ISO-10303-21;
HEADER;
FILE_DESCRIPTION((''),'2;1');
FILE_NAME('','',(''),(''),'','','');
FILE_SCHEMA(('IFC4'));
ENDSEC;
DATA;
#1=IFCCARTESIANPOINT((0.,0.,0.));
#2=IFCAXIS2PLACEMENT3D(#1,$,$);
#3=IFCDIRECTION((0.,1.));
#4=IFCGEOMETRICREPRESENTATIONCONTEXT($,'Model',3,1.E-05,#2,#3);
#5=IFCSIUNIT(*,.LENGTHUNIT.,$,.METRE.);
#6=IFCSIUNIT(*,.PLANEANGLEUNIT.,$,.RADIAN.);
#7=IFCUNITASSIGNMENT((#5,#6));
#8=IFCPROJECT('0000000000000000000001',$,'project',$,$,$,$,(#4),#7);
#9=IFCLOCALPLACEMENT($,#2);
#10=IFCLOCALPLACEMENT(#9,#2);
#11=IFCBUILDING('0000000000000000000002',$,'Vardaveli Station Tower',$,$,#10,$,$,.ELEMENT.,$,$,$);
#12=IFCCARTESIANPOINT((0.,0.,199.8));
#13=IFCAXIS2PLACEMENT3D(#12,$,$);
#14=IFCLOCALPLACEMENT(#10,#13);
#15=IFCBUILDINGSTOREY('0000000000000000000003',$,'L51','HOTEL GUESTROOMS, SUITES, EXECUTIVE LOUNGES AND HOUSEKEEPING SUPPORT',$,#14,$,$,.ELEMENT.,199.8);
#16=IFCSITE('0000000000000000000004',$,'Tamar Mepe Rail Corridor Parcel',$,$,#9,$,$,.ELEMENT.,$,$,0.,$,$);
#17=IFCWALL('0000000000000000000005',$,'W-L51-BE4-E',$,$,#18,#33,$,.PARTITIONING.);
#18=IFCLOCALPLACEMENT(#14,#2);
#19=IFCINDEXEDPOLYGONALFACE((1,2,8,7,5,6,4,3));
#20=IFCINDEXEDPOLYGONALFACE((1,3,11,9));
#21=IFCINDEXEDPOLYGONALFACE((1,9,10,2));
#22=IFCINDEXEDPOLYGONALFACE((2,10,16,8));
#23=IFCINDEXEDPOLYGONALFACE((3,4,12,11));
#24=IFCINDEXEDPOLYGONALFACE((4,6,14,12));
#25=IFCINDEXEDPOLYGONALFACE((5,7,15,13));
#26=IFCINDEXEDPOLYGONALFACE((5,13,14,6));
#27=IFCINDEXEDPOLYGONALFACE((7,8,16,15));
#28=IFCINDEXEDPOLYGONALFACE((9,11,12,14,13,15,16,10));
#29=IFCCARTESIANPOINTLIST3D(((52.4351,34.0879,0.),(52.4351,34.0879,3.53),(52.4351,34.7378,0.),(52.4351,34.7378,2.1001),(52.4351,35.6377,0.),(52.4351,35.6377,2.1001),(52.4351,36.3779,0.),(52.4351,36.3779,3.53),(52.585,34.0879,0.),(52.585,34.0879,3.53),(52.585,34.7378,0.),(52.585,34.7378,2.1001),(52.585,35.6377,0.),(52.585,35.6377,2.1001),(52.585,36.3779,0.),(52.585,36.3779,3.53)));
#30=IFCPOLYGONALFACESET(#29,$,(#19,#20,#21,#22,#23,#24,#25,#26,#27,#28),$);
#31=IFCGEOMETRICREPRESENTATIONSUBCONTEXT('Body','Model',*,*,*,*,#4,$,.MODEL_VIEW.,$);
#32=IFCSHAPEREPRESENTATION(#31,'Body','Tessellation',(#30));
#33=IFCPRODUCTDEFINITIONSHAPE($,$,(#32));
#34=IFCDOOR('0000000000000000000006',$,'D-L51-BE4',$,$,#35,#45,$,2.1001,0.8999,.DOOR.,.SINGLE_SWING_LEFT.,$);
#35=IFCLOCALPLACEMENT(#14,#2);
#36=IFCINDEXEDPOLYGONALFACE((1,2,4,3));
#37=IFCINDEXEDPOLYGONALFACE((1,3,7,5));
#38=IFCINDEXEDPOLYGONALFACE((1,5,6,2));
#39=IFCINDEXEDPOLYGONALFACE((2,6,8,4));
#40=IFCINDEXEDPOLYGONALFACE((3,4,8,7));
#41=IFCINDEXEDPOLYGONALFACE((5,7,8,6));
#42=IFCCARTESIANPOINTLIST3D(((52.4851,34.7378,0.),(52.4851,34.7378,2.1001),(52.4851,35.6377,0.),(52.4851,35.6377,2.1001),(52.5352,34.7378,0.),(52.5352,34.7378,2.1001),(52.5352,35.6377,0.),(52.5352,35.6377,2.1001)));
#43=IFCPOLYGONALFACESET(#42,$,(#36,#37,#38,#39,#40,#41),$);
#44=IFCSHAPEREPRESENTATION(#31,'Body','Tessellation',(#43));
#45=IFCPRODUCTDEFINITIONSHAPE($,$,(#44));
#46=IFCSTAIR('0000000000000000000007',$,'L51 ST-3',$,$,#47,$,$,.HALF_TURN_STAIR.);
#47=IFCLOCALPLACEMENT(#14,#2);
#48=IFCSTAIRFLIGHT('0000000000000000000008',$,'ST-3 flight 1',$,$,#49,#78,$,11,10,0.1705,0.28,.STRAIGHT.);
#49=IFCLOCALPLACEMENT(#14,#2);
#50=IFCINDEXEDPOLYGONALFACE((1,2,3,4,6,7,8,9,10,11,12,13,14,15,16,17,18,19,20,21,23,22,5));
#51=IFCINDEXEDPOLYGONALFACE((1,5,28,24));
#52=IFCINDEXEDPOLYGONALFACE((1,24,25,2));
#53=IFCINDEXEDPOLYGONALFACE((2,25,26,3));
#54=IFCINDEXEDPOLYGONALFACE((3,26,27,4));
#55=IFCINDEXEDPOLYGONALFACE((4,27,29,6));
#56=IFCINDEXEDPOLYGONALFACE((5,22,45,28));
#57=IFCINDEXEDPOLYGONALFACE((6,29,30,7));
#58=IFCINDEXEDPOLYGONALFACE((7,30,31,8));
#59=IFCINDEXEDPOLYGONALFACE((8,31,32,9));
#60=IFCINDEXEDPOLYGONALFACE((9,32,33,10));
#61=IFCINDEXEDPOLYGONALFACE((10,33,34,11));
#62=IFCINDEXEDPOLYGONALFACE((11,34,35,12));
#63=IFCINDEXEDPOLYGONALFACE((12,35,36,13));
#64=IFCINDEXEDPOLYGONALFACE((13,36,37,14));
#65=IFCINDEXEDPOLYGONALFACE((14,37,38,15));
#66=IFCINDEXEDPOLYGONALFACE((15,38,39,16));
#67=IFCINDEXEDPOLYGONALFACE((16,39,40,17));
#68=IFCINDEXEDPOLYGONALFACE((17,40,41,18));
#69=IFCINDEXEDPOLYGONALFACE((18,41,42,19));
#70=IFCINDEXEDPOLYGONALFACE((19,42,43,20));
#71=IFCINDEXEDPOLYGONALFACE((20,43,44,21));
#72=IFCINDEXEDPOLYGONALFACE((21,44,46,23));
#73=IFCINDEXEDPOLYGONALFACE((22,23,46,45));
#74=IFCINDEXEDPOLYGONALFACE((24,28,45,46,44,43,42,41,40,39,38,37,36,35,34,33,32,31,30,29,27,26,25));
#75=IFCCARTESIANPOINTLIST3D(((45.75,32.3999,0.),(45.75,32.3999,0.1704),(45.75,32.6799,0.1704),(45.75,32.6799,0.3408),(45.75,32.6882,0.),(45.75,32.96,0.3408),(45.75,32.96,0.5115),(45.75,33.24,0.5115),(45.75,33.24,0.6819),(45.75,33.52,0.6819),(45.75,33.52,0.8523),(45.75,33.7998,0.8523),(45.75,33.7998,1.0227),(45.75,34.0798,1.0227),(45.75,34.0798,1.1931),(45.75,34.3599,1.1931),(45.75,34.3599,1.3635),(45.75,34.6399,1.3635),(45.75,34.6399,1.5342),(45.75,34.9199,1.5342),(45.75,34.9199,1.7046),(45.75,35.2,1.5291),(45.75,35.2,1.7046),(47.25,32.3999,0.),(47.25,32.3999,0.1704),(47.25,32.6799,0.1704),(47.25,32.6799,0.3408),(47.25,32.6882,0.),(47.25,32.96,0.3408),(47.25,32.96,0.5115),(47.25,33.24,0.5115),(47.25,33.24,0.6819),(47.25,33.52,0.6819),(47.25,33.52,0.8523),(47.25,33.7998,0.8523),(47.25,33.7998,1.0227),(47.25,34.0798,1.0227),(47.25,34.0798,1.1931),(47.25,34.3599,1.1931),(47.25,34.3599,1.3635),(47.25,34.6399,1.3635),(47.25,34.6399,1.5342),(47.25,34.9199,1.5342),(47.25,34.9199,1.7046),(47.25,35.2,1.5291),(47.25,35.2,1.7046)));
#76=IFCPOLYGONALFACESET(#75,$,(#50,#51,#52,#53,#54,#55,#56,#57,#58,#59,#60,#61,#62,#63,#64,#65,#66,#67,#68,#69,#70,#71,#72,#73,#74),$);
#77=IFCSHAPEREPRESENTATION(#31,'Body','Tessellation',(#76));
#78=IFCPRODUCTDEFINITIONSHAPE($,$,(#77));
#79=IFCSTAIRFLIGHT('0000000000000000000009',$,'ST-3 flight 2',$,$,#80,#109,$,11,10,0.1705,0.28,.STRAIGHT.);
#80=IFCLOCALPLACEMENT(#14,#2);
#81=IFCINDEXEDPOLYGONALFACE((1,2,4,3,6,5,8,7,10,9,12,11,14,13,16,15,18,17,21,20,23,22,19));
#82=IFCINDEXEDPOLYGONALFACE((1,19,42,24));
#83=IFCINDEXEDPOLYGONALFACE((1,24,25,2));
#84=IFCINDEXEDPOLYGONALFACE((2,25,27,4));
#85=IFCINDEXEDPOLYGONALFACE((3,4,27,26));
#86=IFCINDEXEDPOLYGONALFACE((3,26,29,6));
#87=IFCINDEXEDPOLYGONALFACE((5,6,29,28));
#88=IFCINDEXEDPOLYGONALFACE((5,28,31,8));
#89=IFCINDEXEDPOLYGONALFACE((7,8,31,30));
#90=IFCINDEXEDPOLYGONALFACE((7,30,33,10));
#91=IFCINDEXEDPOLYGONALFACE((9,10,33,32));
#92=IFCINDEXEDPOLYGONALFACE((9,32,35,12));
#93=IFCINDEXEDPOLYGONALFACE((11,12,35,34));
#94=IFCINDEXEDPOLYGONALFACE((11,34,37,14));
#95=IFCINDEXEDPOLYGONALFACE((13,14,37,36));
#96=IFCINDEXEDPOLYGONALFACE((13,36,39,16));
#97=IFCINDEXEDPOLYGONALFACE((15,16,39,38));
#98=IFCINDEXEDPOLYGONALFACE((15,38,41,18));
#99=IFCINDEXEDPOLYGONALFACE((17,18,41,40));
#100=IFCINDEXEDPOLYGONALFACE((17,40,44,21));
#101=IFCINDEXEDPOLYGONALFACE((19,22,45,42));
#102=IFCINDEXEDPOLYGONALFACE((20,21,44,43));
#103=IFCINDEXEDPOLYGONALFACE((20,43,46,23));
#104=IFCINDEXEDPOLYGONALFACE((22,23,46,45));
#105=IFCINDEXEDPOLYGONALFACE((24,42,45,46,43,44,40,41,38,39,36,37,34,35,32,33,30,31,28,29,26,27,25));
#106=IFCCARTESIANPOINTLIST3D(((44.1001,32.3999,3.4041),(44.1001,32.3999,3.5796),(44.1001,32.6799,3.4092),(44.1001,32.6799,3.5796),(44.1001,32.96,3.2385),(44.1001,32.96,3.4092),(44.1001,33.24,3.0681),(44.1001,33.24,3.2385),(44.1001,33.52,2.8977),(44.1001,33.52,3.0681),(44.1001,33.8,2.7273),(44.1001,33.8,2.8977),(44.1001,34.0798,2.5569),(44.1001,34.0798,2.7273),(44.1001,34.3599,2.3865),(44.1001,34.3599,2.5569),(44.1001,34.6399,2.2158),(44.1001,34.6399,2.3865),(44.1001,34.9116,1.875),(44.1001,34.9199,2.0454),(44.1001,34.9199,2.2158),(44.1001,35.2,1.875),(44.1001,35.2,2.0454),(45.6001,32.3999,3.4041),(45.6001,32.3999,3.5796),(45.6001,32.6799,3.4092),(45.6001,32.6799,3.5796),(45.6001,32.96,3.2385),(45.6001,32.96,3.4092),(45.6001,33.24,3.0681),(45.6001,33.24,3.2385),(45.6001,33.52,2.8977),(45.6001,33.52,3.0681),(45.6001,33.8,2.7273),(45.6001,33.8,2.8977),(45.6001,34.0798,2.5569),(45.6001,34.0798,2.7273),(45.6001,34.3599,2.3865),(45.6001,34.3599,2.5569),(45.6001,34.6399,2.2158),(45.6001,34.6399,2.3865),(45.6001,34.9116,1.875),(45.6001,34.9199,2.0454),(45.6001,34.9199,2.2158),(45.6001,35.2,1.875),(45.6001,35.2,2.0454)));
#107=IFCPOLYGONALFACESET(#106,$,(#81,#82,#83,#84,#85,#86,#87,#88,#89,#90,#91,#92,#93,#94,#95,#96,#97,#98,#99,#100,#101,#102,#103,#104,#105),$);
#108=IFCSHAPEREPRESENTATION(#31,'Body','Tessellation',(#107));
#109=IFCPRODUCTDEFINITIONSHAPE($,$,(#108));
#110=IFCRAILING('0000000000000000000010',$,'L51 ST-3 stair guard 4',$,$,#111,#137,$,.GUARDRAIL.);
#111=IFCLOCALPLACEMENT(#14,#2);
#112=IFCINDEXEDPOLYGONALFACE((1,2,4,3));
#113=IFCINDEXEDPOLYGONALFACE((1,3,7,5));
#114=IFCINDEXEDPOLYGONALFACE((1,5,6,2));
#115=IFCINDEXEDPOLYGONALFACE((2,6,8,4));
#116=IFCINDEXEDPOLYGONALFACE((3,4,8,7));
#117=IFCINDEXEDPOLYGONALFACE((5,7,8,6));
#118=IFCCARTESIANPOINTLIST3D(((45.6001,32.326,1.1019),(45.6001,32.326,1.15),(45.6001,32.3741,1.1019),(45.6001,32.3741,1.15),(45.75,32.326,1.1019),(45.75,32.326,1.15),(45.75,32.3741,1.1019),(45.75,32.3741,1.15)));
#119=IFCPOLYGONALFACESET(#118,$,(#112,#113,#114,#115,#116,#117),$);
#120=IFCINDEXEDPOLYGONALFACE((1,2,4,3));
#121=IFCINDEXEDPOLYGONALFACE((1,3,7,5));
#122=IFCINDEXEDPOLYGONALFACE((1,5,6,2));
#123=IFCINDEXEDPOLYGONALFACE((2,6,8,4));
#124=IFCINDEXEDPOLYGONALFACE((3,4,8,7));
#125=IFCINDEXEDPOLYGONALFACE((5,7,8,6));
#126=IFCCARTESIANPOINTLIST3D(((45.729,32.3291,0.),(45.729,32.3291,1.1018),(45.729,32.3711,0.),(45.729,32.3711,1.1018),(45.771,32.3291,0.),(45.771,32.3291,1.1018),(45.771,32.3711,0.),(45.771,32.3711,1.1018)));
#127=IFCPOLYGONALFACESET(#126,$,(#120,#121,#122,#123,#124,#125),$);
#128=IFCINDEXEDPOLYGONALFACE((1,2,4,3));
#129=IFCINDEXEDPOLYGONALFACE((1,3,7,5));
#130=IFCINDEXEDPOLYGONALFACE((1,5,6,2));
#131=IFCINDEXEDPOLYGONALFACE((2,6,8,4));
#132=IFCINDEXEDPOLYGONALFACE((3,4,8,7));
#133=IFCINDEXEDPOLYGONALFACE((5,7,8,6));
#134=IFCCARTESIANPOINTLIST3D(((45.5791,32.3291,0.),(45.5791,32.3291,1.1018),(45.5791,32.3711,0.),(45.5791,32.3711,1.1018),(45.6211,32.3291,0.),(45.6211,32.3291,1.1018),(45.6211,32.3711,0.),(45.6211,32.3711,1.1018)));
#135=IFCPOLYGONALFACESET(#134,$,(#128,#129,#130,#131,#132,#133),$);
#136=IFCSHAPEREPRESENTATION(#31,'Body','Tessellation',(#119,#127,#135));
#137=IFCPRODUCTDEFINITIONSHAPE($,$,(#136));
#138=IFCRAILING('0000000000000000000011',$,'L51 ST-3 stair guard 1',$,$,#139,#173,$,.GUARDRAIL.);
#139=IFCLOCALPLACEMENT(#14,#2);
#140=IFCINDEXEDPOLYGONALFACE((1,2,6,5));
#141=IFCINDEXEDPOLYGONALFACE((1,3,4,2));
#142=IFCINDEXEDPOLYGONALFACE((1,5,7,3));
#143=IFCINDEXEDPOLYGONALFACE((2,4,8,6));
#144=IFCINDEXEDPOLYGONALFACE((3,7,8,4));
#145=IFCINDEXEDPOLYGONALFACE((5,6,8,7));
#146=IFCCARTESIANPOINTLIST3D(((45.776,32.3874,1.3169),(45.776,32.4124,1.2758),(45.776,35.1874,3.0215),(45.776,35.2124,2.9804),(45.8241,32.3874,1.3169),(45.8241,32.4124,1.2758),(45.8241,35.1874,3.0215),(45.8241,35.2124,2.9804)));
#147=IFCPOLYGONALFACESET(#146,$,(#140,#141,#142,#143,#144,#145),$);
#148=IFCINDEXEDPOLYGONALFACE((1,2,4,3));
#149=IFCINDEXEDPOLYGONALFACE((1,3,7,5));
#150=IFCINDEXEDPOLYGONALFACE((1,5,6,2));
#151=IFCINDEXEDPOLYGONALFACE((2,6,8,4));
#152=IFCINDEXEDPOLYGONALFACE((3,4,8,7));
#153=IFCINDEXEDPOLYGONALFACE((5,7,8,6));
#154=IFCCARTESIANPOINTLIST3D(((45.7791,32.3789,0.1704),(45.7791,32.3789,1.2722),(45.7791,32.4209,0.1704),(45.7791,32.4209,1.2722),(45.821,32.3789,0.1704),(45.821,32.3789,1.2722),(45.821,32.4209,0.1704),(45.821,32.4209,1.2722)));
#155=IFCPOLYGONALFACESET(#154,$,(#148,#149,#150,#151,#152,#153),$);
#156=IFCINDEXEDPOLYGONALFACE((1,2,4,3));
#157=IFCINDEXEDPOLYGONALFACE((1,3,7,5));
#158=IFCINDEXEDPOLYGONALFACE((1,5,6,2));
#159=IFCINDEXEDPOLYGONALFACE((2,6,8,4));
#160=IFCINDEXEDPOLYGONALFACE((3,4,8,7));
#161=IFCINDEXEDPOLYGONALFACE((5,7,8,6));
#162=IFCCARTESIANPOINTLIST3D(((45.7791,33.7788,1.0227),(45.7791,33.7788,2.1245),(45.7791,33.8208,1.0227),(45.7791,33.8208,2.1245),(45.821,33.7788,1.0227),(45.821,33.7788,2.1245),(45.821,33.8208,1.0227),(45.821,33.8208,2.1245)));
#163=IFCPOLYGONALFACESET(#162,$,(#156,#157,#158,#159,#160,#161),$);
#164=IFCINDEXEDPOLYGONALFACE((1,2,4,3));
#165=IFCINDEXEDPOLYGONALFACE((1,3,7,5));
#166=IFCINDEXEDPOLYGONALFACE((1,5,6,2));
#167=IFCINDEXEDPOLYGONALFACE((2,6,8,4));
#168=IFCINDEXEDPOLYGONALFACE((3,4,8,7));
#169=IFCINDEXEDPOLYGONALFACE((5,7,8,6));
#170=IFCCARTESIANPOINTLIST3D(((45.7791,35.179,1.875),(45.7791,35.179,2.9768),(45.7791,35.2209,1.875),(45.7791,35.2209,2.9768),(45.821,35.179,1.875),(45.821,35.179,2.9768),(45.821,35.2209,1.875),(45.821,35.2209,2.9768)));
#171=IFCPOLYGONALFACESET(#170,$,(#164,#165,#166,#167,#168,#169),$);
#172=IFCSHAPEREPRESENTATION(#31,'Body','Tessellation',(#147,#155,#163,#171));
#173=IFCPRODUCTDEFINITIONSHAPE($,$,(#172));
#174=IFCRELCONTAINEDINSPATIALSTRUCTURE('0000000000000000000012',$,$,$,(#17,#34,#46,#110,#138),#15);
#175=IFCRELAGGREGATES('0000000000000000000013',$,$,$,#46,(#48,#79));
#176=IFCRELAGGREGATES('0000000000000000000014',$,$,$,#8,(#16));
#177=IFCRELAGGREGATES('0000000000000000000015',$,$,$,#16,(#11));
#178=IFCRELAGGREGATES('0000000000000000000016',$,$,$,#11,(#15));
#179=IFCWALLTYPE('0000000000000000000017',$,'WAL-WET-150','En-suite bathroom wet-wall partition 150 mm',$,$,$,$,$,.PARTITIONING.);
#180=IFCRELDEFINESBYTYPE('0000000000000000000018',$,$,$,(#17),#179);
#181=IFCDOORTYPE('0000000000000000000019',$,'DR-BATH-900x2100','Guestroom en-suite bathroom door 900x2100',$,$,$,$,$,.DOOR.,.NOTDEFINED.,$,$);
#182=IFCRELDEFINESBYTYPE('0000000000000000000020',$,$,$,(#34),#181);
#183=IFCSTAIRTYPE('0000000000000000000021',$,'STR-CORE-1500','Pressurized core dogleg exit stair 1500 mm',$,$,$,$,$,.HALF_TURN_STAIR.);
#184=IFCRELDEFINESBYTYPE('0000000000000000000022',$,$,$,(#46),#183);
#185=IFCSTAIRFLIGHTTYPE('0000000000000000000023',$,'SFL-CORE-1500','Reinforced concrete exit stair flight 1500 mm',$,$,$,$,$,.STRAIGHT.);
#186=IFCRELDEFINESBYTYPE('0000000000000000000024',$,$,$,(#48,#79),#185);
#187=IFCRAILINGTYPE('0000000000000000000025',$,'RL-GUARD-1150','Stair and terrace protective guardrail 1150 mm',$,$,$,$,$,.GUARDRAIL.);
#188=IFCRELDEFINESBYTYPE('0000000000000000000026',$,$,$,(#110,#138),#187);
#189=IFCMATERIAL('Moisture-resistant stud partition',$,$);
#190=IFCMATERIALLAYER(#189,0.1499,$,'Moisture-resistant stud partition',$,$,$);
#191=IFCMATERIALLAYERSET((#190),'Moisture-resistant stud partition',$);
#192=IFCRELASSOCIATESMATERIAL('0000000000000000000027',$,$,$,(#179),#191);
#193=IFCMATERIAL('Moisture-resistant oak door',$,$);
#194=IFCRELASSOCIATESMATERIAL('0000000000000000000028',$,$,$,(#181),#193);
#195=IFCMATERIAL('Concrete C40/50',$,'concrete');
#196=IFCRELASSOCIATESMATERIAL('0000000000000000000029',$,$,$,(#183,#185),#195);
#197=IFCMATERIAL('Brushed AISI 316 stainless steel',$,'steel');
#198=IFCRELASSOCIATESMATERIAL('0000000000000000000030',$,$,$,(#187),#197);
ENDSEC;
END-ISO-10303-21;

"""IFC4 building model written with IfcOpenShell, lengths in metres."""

from ifc_helpers import new_model, si_unit, direction, frame, frame_2d, origin, origin_2d, place, context, subcontext, project, spatial, polyline, rectangle, outline, extrude, source, transform, mapped, material, layer, layer_set, type_object, element, fill, aggregate, save


model = new_model("IFC4")

# Units and contexts
model_context = context("Model", 3, precision=1e-05, world=origin(), true_north=direction((0.0, 1.0)))
body_context = subcontext(model_context, "Body", "Model", "MODEL_VIEW")
ifc_project = project(units=[si_unit("LENGTHUNIT", "METRE"), si_unit("PLANEANGLEUNIT", "RADIAN")], contexts=[model_context])

# Site, building, storey
site_placement = place(None, origin())
site = spatial("IfcSite", under=ifc_project, at=site_placement, Name="Tamar Mepe Rail Corridor Parcel", CompositionType="ELEMENT", RefElevation=0.0)
building_placement = place(site_placement, origin())
building = spatial("IfcBuilding", under=site, at=building_placement, Name="Vardaveli Station Tower", CompositionType="ELEMENT")
storey_placement = place(building_placement, frame((0.0, 0.0, 199.8)))
storey = spatial("IfcBuildingStorey", under=building, at=storey_placement, Name="L51", Description="HOTEL GUESTROOMS, SUITES, EXECUTIVE LOUNGES AND HOUSEKEEPING SUPPORT", CompositionType="ELEMENT", Elevation=199.8)

# Shared definitions
ifc_material_1 = material(Name="Concrete C40/50", Category="concrete")

# Shared definitions
ifc_material_2 = material(Name="Moisture-resistant stud partition")
ifc_layer_1 = layer(ifc_material_2, 0.1499, Name="Moisture-resistant stud partition")
ifc_layer_set_1 = layer_set([ifc_layer_1], Name="Moisture-resistant stud partition")
wall_type_1 = type_object("IfcWallType", Name="WAL-WET-150", Description="En-suite bathroom wet-wall partition 150 mm", PredefinedType="PARTITIONING", material=ifc_layer_set_1)
shared_shape_1 = source(origin(), body_context, "Body", "SweptSolid", [
    extrude(rectangle(XDim=0.8999, YDim=2.1001, at=frame_2d((0.45, 1.05))), frame((0.0, 0.085, 0.0), z_axis=(0.0, -1.0, 0.0), x_axis=(1.0, 0.0, 0.0)), (0.0, 0.0, 1.0), 0.1699),
])
ifc_material_3 = material(Name="Moisture-resistant oak door")
door_type = type_object("IfcDoorType", Name="DR-BATH-900x2100", Description="Guestroom en-suite bathroom door 900x2100", OperationType="NOTDEFINED", PredefinedType="DOOR", material=ifc_material_3)
shared_shape_2 = source(origin(), body_context, "Body", "SweptSolid", [
    extrude(rectangle(XDim=0.8999, YDim=2.1001, at=frame_2d((0.45, 1.05))), frame((0.0, 0.0249, 0.0), z_axis=(0.0, -1.0, 0.0), x_axis=(1.0, 0.0, 0.0)), (0.0, 0.0, 1.0), 0.05),
])

# Wall, opening, door
shared_shape_3 = source(origin(), body_context, "Body", "SweptSolid", [
    extrude(rectangle(XDim=2.29, YDim=0.1499, at=frame_2d((1.145, 0.0))), origin(), (0.0, 0.0, 1.0), 3.53),
])
wall_1_placement = place(storey_placement, frame((52.51, 34.0879, 0.0), z_axis=(0.0, 0.0, 1.0), x_axis=(0.0, 1.0, 0.0)))
wall_1 = element("IfcWall", 1, at=wall_1_placement, inside=storey, type_object=wall_type_1, Name="W-L51-BE4-E", PredefinedType="PARTITIONING", context=body_context, shape_type="MappedRepresentation", body=[
    mapped(shared_shape_3, transform((0.0, 0.0, 0.0), scale=1.0)),
])
opening_1_placement = place(wall_1_placement, frame((0.6499, 0.0, 0.0)))
opening_1 = element("IfcOpeningElement", 2, at=opening_1_placement, cuts=wall_1, PredefinedType="OPENING", context=body_context, shape_type="MappedRepresentation", body=[
    mapped(shared_shape_1, transform((0.0, 0.0, 0.0), scale=1.0)),
])
door_1_placement = place(opening_1_placement, origin())
door_1 = element("IfcDoor", 3, at=door_1_placement, inside=storey, type_object=door_type, Name="D-L51-BE4", OperationType="SINGLE_SWING_LEFT", OverallHeight=2.1001, OverallWidth=0.8999, PredefinedType="DOOR", context=body_context, shape_type="MappedRepresentation", body=[
    mapped(shared_shape_2, transform((0.0, 0.0, 0.0), scale=1.0)),
])
fill(opening_1, door_1)

# Stair, stair flights
stair_type = type_object("IfcStairType", Name="STR-CORE-1500", Description="Pressurized core dogleg exit stair 1500 mm", PredefinedType="HALF_TURN_STAIR", material=ifc_material_1)
stair_placement = place(storey_placement, origin())
stair = element("IfcStair", 4, at=stair_placement, inside=storey, type_object=stair_type, Name="L51 ST-3", PredefinedType="HALF_TURN_STAIR")
stair_flight_type = type_object("IfcStairFlightType", Name="SFL-CORE-1500", Description="Reinforced concrete exit stair flight 1500 mm", PredefinedType="STRAIGHT", material=ifc_material_1)
shared_shape_4 = source(origin(), body_context, "Body", "SweptSolid", [
    extrude(outline(polyline([(0.0, 0.0), (0.0, 0.1704), (0.28, 0.1704), (0.28, 0.3408), (0.5601, 0.3408), (0.5601, 0.5115), (0.8401, 0.5115), (0.8401, 0.6819), (1.1201, 0.6819), (1.1201, 0.8523), (1.3999, 0.8523), (1.3999, 1.0227), (1.6799, 1.0227), (1.6799, 1.1931), (1.96, 1.1931), (1.96, 1.3635), (2.24, 1.3635), (2.24, 1.5342), (2.52, 1.5342), (2.52, 1.7046), (2.8, 1.7046), (2.8, 1.875), (2.8, 1.5291), (0.2883, 0.0), (0.0, 0.0)])), frame((0.0, 0.75, 0.0), z_axis=(0.0, -1.0, 0.0), x_axis=(1.0, 0.0, 0.0)), (0.0, 0.0, 1.0), 1.5),
])
stair_flight_1_placement = place(storey_placement, frame((46.5, 32.3999, 0.0), z_axis=(0.0, 0.0, 1.0), x_axis=(0.0, 1.0, 0.0)))
stair_flight_1 = element("IfcStairFlight", 5, at=stair_flight_1_placement, type_object=stair_flight_type, Name="ST-3 flight 1", NumberOfRisers=11, NumberOfTreads=10, PredefinedType="STRAIGHT", RiserHeight=0.1705, TreadLength=0.28, context=body_context, shape_type="MappedRepresentation", body=[
    mapped(shared_shape_4, transform((0.0, 0.0, 0.0), scale=1.0)),
])
stair_flight_2_placement = place(storey_placement, frame((44.8501, 35.2, 1.875), z_axis=(0.0, 0.0, 1.0), x_axis=(0.0, -1.0, 0.0)))
stair_flight_2 = element("IfcStairFlight", 6, at=stair_flight_2_placement, type_object=stair_flight_type, Name="ST-3 flight 2", NumberOfRisers=11, NumberOfTreads=10, PredefinedType="STRAIGHT", RiserHeight=0.1705, TreadLength=0.28, context=body_context, shape_type="MappedRepresentation", body=[
    mapped(shared_shape_4, transform((0.0, 0.0, 0.0), scale=1.0)),
])
aggregate(stair, [stair_flight_1, stair_flight_2])

# Railings
ifc_material_4 = material(Name="Brushed AISI 316 stainless steel", Category="steel")
railing_type_1 = type_object("IfcRailingType", Name="RL-GUARD-1150", Description="Stair and terrace protective guardrail 1150 mm", PredefinedType="GUARDRAIL", material=ifc_material_4)
shared_shape_5 = source(origin(), body_context, "Body", "SweptSolid", [
    extrude(rectangle(XDim=0.0481, YDim=0.0481, at=origin_2d()), frame((0.0, 0.0, 1.126), z_axis=(-1.0, 0.0, 0.0), x_axis=(0.0, -1.0, 0.0)), (0.0, 0.0, 1.0), 0.1499),
    extrude(rectangle(XDim=0.042, YDim=0.042, at=origin_2d()), origin(), (0.0, 0.0, 1.0), 1.1018),
    extrude(rectangle(XDim=0.042, YDim=0.042, at=origin_2d()), frame((-0.1499, 0.0, 0.0)), (0.0, 0.0, 1.0), 1.1018),
])
railing_1_placement = place(storey_placement, frame((45.75, 32.3501, 0.0)))
element("IfcRailing", 7, at=railing_1_placement, inside=storey, type_object=railing_type_1, Name="L51 ST-3 stair guard 4", PredefinedType="GUARDRAIL", context=body_context, shape_type="MappedRepresentation", body=[
    mapped(shared_shape_5, transform((0.0, 0.0, 0.0), scale=1.0)),
])
shared_shape_6 = source(origin(), body_context, "Body", "SweptSolid", [
    extrude(rectangle(XDim=0.0481, YDim=0.0481, at=origin_2d()), frame((0.0, 0.0, 1.126), z_axis=(0.0, 0.85417, 0.519994), x_axis=(-1.0, 0.0, 0.0)), (0.0, 0.0, 1.0), 3.2781),
    extrude(rectangle(XDim=0.042, YDim=0.042, at=origin_2d()), origin(), (0.0, 0.0, 1.0), 1.1018),
    extrude(rectangle(XDim=0.042, YDim=0.042, at=origin_2d()), frame((0.0, 1.3999, 0.8523)), (0.0, 0.0, 1.0), 1.1018),
    extrude(rectangle(XDim=0.042, YDim=0.042, at=origin_2d()), frame((0.0, 2.8, 1.7046)), (0.0, 0.0, 1.0), 1.1018),
])
railing_2_placement = place(storey_placement, frame((45.8, 32.3999, 0.1704)))
element("IfcRailing", 8, at=railing_2_placement, inside=storey, type_object=railing_type_1, Name="L51 ST-3 stair guard 1", PredefinedType="GUARDRAIL", context=body_context, shape_type="MappedRepresentation", body=[
    mapped(shared_shape_6, transform((0.0, 0.0, 0.0), scale=1.0)),
])

save(model, "model.ifc")
